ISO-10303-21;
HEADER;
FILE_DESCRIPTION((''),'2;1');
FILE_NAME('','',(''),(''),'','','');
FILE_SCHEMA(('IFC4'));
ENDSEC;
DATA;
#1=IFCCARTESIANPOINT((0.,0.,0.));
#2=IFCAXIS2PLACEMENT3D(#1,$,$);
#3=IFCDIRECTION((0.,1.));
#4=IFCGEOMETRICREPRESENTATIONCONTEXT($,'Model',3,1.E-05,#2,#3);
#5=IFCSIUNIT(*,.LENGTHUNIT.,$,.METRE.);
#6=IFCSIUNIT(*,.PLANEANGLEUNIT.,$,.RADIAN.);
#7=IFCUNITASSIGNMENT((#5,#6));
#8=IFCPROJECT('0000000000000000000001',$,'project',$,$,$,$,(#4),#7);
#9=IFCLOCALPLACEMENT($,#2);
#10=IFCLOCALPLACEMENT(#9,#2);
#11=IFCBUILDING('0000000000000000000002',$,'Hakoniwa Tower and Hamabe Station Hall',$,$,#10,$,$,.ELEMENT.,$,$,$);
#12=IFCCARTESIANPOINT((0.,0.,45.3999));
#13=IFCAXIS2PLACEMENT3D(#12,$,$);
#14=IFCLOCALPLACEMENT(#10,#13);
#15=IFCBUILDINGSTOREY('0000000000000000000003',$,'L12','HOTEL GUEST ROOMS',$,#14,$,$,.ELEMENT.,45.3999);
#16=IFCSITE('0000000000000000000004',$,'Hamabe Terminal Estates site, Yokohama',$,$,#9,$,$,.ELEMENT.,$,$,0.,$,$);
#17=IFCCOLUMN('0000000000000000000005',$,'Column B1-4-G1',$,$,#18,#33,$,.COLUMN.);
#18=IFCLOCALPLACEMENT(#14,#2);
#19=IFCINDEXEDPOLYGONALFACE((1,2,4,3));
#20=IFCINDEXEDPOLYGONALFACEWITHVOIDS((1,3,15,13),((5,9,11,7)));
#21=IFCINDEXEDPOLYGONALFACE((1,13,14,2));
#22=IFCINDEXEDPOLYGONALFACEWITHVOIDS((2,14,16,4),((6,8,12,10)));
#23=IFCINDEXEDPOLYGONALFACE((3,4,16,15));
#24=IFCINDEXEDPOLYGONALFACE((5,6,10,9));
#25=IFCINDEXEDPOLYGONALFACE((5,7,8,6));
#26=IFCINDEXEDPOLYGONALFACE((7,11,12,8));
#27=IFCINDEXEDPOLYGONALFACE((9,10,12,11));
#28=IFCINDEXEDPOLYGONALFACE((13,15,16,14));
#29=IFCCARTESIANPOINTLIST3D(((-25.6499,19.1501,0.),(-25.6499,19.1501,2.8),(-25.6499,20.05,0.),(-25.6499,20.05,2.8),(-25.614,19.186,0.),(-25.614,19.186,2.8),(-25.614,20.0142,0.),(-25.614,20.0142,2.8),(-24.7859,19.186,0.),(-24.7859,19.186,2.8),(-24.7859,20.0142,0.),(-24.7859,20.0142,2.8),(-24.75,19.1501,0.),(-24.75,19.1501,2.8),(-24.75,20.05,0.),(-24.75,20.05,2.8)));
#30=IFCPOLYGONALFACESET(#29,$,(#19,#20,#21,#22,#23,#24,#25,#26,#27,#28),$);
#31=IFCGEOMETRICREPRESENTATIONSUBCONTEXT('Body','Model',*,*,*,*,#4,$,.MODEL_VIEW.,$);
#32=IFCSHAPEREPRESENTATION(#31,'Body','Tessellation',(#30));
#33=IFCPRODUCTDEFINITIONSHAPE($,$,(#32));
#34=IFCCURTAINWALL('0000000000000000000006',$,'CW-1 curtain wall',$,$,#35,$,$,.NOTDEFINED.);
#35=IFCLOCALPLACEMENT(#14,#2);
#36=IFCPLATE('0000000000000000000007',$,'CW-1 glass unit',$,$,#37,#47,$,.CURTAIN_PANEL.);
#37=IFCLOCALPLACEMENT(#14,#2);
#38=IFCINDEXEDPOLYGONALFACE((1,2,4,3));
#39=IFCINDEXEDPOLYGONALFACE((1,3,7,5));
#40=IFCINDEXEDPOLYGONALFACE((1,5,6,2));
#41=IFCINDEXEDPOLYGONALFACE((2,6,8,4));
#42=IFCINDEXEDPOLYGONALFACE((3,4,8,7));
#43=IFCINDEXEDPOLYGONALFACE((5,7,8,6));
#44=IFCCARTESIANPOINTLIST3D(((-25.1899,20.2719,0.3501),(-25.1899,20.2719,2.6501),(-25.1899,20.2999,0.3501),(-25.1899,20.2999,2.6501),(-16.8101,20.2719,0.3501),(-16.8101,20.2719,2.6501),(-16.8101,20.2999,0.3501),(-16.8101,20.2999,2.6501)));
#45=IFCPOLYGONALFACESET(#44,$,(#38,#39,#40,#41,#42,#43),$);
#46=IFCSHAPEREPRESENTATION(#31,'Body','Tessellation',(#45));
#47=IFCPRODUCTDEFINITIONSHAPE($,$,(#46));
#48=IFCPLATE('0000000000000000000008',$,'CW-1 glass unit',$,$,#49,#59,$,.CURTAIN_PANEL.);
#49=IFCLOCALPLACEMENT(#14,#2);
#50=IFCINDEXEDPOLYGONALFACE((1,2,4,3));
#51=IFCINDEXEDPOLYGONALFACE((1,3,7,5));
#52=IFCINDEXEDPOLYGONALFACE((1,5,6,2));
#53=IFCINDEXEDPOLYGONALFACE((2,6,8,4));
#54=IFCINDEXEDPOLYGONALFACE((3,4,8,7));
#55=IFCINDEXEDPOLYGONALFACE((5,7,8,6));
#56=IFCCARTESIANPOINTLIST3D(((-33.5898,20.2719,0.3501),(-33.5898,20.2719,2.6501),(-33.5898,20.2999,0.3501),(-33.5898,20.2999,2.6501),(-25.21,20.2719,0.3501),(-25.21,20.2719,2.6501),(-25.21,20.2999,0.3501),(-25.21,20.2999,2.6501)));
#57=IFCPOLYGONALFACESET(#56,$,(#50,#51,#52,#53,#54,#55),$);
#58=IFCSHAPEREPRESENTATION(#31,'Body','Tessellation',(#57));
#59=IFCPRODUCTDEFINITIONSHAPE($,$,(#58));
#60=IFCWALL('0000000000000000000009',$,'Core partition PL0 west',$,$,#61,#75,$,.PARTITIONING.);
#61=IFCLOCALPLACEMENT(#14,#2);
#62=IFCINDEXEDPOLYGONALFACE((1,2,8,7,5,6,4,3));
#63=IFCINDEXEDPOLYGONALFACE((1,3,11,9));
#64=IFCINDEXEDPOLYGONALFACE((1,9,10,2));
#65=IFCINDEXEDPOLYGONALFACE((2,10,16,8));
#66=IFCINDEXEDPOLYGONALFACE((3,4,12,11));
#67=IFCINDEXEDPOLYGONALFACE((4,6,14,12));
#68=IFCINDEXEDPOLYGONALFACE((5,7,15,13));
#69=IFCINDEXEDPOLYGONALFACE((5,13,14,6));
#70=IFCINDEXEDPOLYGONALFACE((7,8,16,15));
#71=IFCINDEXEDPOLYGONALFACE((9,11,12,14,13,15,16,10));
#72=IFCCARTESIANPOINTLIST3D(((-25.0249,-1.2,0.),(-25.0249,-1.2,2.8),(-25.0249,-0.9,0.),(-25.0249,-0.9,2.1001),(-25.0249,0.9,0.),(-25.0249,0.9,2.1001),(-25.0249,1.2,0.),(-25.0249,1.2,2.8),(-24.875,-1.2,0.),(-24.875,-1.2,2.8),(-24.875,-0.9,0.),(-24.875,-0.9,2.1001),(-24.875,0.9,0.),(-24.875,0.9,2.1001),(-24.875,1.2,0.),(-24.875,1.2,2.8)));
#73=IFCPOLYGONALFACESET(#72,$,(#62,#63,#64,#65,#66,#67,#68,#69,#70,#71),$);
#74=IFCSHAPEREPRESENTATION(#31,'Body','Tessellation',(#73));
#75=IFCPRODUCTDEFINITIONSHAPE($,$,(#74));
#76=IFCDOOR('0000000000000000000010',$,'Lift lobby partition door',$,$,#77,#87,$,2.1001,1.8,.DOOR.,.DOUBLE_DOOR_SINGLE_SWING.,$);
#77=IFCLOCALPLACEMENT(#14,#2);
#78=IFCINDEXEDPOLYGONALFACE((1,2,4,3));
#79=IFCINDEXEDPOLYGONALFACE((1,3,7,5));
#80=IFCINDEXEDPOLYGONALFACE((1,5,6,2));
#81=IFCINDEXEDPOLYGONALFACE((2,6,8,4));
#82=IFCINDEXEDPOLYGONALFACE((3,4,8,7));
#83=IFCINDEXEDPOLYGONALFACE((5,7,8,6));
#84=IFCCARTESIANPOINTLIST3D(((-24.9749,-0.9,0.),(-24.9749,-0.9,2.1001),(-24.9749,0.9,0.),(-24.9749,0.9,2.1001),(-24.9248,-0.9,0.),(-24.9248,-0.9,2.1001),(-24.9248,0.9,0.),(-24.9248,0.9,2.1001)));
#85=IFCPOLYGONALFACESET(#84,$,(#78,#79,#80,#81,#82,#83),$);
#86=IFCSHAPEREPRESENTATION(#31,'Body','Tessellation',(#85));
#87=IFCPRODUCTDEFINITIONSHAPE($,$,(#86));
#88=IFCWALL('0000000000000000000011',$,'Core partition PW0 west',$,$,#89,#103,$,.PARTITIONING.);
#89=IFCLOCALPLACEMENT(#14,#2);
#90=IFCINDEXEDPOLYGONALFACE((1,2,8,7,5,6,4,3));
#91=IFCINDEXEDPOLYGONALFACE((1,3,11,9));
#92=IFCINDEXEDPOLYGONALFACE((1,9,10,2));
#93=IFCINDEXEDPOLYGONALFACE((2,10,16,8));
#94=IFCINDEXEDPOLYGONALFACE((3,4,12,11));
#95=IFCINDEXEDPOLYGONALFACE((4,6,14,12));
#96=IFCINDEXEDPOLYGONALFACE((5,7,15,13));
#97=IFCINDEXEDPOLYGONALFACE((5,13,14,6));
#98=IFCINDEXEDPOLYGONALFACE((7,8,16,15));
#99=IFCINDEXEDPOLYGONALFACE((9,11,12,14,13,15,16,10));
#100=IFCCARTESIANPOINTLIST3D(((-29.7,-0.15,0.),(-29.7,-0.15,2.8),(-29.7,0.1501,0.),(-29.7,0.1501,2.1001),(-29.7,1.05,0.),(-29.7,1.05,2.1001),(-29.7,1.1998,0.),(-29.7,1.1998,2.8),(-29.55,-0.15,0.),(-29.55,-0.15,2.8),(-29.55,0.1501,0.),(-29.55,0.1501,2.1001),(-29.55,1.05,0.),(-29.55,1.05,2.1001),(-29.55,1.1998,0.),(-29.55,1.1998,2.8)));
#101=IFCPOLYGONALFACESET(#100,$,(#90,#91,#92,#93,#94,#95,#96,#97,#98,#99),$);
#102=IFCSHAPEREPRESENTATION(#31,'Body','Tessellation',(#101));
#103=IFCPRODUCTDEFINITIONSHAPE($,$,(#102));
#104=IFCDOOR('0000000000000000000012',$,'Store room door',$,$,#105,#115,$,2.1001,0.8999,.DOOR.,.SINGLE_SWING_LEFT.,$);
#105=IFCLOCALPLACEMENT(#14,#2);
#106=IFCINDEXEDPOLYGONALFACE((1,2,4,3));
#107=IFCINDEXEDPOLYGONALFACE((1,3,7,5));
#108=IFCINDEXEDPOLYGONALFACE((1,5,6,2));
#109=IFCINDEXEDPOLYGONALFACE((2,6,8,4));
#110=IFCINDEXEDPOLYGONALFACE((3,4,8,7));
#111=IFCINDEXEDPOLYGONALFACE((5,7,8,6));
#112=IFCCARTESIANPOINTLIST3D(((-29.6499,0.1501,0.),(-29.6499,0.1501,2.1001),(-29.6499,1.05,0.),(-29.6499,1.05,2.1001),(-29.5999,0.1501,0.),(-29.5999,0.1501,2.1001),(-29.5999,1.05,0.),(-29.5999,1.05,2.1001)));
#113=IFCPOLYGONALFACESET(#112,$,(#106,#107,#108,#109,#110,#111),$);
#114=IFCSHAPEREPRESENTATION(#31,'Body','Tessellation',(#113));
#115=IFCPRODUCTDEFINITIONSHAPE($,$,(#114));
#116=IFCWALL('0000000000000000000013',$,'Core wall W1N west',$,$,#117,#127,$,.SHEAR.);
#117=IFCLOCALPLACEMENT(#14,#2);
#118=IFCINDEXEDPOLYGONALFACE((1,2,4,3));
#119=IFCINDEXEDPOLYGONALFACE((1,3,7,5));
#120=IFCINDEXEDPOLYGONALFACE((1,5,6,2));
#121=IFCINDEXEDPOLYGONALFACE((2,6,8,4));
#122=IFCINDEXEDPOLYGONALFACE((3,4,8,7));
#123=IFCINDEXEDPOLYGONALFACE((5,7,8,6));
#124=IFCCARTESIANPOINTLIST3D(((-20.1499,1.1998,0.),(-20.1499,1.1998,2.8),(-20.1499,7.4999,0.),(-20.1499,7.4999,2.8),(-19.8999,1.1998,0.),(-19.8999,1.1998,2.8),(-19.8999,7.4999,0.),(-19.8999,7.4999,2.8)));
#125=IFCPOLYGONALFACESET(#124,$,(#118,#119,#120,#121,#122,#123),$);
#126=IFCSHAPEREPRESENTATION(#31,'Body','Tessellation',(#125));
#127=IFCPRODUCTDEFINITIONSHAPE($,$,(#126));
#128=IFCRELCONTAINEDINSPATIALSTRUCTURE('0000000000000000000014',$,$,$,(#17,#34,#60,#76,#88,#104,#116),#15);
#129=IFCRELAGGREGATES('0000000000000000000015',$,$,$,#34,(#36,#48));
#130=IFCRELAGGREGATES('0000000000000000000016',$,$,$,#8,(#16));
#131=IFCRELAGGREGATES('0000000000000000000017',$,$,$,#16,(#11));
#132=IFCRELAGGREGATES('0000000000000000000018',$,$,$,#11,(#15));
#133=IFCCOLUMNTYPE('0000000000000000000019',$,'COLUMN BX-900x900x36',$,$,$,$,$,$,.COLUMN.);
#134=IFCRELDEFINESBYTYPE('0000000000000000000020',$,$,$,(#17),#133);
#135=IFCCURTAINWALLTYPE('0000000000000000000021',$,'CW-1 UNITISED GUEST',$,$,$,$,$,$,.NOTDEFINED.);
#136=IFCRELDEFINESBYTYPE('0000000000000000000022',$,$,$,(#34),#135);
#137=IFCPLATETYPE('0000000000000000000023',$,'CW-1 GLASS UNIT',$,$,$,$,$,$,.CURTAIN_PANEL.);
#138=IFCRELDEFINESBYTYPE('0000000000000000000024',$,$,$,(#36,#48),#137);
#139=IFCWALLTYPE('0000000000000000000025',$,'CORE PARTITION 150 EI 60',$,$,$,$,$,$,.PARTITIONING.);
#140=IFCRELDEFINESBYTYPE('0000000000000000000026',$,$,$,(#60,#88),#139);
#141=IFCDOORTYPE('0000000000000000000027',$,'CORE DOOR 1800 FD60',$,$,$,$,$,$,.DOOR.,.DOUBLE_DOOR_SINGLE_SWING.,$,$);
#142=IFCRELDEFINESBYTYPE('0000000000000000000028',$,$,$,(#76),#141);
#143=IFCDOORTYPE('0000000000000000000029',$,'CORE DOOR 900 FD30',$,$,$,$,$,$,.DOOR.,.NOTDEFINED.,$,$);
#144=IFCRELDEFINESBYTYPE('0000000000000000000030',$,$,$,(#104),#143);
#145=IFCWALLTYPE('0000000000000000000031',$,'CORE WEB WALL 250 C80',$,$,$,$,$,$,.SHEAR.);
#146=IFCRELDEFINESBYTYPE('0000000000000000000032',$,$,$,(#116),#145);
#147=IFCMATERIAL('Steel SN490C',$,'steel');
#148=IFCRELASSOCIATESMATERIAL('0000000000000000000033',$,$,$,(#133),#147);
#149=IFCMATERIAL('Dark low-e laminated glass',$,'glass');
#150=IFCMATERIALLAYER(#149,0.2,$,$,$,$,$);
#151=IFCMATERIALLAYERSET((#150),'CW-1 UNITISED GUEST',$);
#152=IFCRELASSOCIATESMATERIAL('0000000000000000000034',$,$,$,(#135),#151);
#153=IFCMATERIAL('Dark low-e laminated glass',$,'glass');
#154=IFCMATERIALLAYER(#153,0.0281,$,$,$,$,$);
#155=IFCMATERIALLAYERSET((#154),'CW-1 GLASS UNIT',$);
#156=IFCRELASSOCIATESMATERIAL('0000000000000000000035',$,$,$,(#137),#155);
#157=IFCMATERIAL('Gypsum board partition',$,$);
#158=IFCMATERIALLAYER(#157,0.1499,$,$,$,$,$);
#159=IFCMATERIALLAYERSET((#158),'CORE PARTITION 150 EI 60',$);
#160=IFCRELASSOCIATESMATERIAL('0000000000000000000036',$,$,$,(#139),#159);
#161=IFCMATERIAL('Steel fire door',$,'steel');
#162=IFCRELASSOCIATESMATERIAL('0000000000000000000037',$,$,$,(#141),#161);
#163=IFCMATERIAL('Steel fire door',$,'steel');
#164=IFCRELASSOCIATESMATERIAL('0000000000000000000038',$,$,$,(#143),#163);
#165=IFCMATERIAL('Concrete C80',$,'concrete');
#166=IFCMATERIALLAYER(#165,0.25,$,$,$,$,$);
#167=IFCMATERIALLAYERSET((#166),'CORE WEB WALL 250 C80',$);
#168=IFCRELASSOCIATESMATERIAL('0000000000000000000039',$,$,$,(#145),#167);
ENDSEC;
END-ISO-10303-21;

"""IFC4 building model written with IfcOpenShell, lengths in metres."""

from ifc_helpers import new_model, si_unit, direction, frame, frame_2d, origin, origin_2d, place, context, subcontext, project, spatial, rectangle, hollow_rectangle, extrude, material, layer, layer_set, material_profile, profile_set, type_object, element, fill, aggregate, save


model = new_model("IFC4")

# Units and contexts
model_context = context("Model", 3, precision=1e-05, world=origin(), true_north=direction((0.0, 1.0)))
body_context = subcontext(model_context, "Body", "Model", "MODEL_VIEW")
ifc_project = project(units=[si_unit("LENGTHUNIT", "METRE"), si_unit("PLANEANGLEUNIT", "RADIAN")], contexts=[model_context])

# Site, building, storey
site_placement = place(None, origin())
site = spatial("IfcSite", under=ifc_project, at=site_placement, Name="Hamabe Terminal Estates site, Yokohama", CompositionType="ELEMENT", RefElevation=0.0)
building_placement = place(site_placement, origin())
building = spatial("IfcBuilding", under=site, at=building_placement, Name="Hakoniwa Tower and Hamabe Station Hall", CompositionType="ELEMENT")
storey_placement = place(building_placement, frame((0.0, 0.0, 45.3999)))
storey = spatial("IfcBuildingStorey", under=building, at=storey_placement, Name="L12", Description="HOTEL GUEST ROOMS", CompositionType="ELEMENT", Elevation=45.3999)

# Column
ifc_material_1 = material(Name="Steel SN490C", Category="steel")
ifc_material_profile = material_profile(ifc_material_1, hollow_rectangle(XDim=0.8999, YDim=0.8999, WallThickness=0.0359, at=origin_2d()), Name="BX-900x900x36")
ifc_profile_set = profile_set([ifc_material_profile], Name="Steel SN490C")
column_type = type_object("IfcColumnType", Name="COLUMN BX-900x900x36", PredefinedType="COLUMN", material=ifc_profile_set)
column_placement = place(storey_placement, frame((-25.2, 19.6001, 0.0), z_axis=(0.0, 0.0, 1.0), x_axis=(1.0, 0.0, 0.0)))
element("IfcColumn", 1, at=column_placement, inside=storey, type_object=column_type, Name="Column B1-4-G1", PredefinedType="COLUMN", context=body_context, shape_type="SweptSolid", body=[
    extrude(hollow_rectangle(XDim=0.8999, YDim=0.8999, WallThickness=0.0359, at=origin_2d()), origin(), (0.0, 0.0, 1.0), 2.8),
])

# Curtain wall, plates
ifc_material_2 = material(Name="Dark low-e laminated glass", Category="glass")
ifc_layer_1 = layer(ifc_material_2, 0.2)
ifc_layer_set_1 = layer_set([ifc_layer_1], Name="CW-1 UNITISED GUEST")
curtain_wall_type = type_object("IfcCurtainWallType", Name="CW-1 UNITISED GUEST", PredefinedType="NOTDEFINED", material=ifc_layer_set_1)
curtain_wall_placement = place(storey_placement, origin())
curtain_wall = element("IfcCurtainWall", 2, at=curtain_wall_placement, inside=storey, type_object=curtain_wall_type, Name="CW-1 curtain wall", PredefinedType="NOTDEFINED")
ifc_material_3 = material(Name="Dark low-e laminated glass", Category="glass")
ifc_layer_2 = layer(ifc_material_3, 0.0281)
ifc_layer_set_2 = layer_set([ifc_layer_2], Name="CW-1 GLASS UNIT")
plate_type = type_object("IfcPlateType", Name="CW-1 GLASS UNIT", PredefinedType="CURTAIN_PANEL", material=ifc_layer_set_2)
plate_1_placement = place(storey_placement, frame((-21.0, 20.2859, 0.3501), z_axis=(0.0, 0.0, 1.0), x_axis=(-1.0, 0.0, 0.0)))
plate_1 = element("IfcPlate", 3, at=plate_1_placement, type_object=plate_type, Name="CW-1 glass unit", PredefinedType="CURTAIN_PANEL", context=body_context, shape_type="SweptSolid", body=[
    extrude(rectangle(XDim=8.3799, YDim=0.0281, at=origin_2d()), origin(), (0.0, 0.0, 1.0), 2.3),
])
plate_2_placement = place(storey_placement, frame((-29.3999, 20.2859, 0.3501), z_axis=(0.0, 0.0, 1.0), x_axis=(-1.0, 0.0, 0.0)))
plate_2 = element("IfcPlate", 4, at=plate_2_placement, type_object=plate_type, Name="CW-1 glass unit", PredefinedType="CURTAIN_PANEL", context=body_context, shape_type="SweptSolid", body=[
    extrude(rectangle(XDim=8.3799, YDim=0.0281, at=origin_2d()), origin(), (0.0, 0.0, 1.0), 2.3),
])
aggregate(curtain_wall, [plate_1, plate_2])

# Walls, openings, doors
ifc_material_4 = material(Name="Gypsum board partition")
ifc_layer_3 = layer(ifc_material_4, 0.1499)
ifc_layer_set_3 = layer_set([ifc_layer_3], Name="CORE PARTITION 150 EI 60")
wall_type_1 = type_object("IfcWallType", Name="CORE PARTITION 150 EI 60", PredefinedType="PARTITIONING", material=ifc_layer_set_3)
wall_1_placement = place(storey_placement, frame((-24.95, -1.2, 0.0), z_axis=(0.0, 0.0, 1.0), x_axis=(0.0, 1.0, 0.0)))
wall_1 = element("IfcWall", 5, at=wall_1_placement, inside=storey, type_object=wall_type_1, Name="Core partition PL0 west", PredefinedType="PARTITIONING", context=body_context, shape_type="SweptSolid", body=[
    extrude(rectangle(XDim=2.3999, YDim=0.1499, at=frame_2d((1.2, 0.0))), origin(), (0.0, 0.0, 1.0), 2.8),
])
opening_1_placement = place(wall_1_placement, frame((0.3, 0.0, 0.0)))
opening_1 = element("IfcOpeningElement", 6, at=opening_1_placement, cuts=wall_1, PredefinedType="OPENING", context=body_context, shape_type="SweptSolid", body=[
    extrude(rectangle(XDim=1.8, YDim=2.1001, at=frame_2d((0.8999, 1.05))), frame((0.0, 0.085, 0.0), z_axis=(0.0, -1.0, 0.0), x_axis=(1.0, 0.0, 0.0)), (0.0, 0.0, 1.0), 0.1699),
])
ifc_material_5 = material(Name="Steel fire door", Category="steel")
door_type_1 = type_object("IfcDoorType", Name="CORE DOOR 1800 FD60", OperationType="DOUBLE_DOOR_SINGLE_SWING", PredefinedType="DOOR", material=ifc_material_5)
door_1_placement = place(opening_1_placement, origin())
door_1 = element("IfcDoor", 7, at=door_1_placement, inside=storey, type_object=door_type_1, Name="Lift lobby partition door", OperationType="DOUBLE_DOOR_SINGLE_SWING", OverallHeight=2.1001, OverallWidth=1.8, PredefinedType="DOOR", context=body_context, shape_type="SweptSolid", body=[
    extrude(rectangle(XDim=1.8, YDim=2.1001, at=frame_2d((0.8999, 1.05))), frame((0.0, 0.0249, 0.0), z_axis=(0.0, -1.0, 0.0), x_axis=(1.0, 0.0, 0.0)), (0.0, 0.0, 1.0), 0.05),
])
fill(opening_1, door_1)
wall_2_placement = place(storey_placement, frame((-29.625, -0.1499, 0.0), z_axis=(0.0, 0.0, 1.0), x_axis=(0.0, 1.0, 0.0)))
wall_2 = element("IfcWall", 8, at=wall_2_placement, inside=storey, type_object=wall_type_1, Name="Core partition PW0 west", PredefinedType="PARTITIONING", context=body_context, shape_type="SweptSolid", body=[
    extrude(rectangle(XDim=1.3499, YDim=0.1499, at=frame_2d((0.6748, 0.0))), origin(), (0.0, 0.0, 1.0), 2.8),
])
opening_2_placement = place(wall_2_placement, frame((0.3, 0.0, 0.0)))
opening_2 = element("IfcOpeningElement", 9, at=opening_2_placement, cuts=wall_2, PredefinedType="OPENING", context=body_context, shape_type="SweptSolid", body=[
    extrude(rectangle(XDim=0.8999, YDim=2.1001, at=frame_2d((0.45, 1.05))), frame((0.0, 0.085, 0.0), z_axis=(0.0, -1.0, 0.0), x_axis=(1.0, 0.0, 0.0)), (0.0, 0.0, 1.0), 0.1699),
])
ifc_material_6 = material(Name="Steel fire door", Category="steel")
door_type_2 = type_object("IfcDoorType", Name="CORE DOOR 900 FD30", OperationType="NOTDEFINED", PredefinedType="DOOR", material=ifc_material_6)
door_2_placement = place(opening_2_placement, origin())
door_2 = element("IfcDoor", 10, at=door_2_placement, inside=storey, type_object=door_type_2, Name="Store room door", OperationType="SINGLE_SWING_LEFT", OverallHeight=2.1001, OverallWidth=0.8999, PredefinedType="DOOR", context=body_context, shape_type="SweptSolid", body=[
    extrude(rectangle(XDim=0.8999, YDim=2.1001, at=frame_2d((0.45, 1.05))), frame((0.0, 0.0249, 0.0), z_axis=(0.0, -1.0, 0.0), x_axis=(1.0, 0.0, 0.0)), (0.0, 0.0, 1.0), 0.05),
])
fill(opening_2, door_2)

# Wall
ifc_material_7 = material(Name="Concrete C80", Category="concrete")
ifc_layer_4 = layer(ifc_material_7, 0.25)
ifc_layer_set_4 = layer_set([ifc_layer_4], Name="CORE WEB WALL 250 C80")
wall_type_2 = type_object("IfcWallType", Name="CORE WEB WALL 250 C80", PredefinedType="SHEAR", material=ifc_layer_set_4)
wall_3_placement = place(storey_placement, frame((-20.0249, 1.2, 0.0), z_axis=(0.0, 0.0, 1.0), x_axis=(0.0, 1.0, 0.0)))
element("IfcWall", 11, at=wall_3_placement, inside=storey, type_object=wall_type_2, Name="Core wall W1N west", PredefinedType="SHEAR", context=body_context, shape_type="SweptSolid", body=[
    extrude(rectangle(XDim=6.3, YDim=0.25, at=frame_2d((3.1499, 0.0))), origin(), (0.0, 0.0, 1.0), 2.8),
])

save(model, "model.ifc")
